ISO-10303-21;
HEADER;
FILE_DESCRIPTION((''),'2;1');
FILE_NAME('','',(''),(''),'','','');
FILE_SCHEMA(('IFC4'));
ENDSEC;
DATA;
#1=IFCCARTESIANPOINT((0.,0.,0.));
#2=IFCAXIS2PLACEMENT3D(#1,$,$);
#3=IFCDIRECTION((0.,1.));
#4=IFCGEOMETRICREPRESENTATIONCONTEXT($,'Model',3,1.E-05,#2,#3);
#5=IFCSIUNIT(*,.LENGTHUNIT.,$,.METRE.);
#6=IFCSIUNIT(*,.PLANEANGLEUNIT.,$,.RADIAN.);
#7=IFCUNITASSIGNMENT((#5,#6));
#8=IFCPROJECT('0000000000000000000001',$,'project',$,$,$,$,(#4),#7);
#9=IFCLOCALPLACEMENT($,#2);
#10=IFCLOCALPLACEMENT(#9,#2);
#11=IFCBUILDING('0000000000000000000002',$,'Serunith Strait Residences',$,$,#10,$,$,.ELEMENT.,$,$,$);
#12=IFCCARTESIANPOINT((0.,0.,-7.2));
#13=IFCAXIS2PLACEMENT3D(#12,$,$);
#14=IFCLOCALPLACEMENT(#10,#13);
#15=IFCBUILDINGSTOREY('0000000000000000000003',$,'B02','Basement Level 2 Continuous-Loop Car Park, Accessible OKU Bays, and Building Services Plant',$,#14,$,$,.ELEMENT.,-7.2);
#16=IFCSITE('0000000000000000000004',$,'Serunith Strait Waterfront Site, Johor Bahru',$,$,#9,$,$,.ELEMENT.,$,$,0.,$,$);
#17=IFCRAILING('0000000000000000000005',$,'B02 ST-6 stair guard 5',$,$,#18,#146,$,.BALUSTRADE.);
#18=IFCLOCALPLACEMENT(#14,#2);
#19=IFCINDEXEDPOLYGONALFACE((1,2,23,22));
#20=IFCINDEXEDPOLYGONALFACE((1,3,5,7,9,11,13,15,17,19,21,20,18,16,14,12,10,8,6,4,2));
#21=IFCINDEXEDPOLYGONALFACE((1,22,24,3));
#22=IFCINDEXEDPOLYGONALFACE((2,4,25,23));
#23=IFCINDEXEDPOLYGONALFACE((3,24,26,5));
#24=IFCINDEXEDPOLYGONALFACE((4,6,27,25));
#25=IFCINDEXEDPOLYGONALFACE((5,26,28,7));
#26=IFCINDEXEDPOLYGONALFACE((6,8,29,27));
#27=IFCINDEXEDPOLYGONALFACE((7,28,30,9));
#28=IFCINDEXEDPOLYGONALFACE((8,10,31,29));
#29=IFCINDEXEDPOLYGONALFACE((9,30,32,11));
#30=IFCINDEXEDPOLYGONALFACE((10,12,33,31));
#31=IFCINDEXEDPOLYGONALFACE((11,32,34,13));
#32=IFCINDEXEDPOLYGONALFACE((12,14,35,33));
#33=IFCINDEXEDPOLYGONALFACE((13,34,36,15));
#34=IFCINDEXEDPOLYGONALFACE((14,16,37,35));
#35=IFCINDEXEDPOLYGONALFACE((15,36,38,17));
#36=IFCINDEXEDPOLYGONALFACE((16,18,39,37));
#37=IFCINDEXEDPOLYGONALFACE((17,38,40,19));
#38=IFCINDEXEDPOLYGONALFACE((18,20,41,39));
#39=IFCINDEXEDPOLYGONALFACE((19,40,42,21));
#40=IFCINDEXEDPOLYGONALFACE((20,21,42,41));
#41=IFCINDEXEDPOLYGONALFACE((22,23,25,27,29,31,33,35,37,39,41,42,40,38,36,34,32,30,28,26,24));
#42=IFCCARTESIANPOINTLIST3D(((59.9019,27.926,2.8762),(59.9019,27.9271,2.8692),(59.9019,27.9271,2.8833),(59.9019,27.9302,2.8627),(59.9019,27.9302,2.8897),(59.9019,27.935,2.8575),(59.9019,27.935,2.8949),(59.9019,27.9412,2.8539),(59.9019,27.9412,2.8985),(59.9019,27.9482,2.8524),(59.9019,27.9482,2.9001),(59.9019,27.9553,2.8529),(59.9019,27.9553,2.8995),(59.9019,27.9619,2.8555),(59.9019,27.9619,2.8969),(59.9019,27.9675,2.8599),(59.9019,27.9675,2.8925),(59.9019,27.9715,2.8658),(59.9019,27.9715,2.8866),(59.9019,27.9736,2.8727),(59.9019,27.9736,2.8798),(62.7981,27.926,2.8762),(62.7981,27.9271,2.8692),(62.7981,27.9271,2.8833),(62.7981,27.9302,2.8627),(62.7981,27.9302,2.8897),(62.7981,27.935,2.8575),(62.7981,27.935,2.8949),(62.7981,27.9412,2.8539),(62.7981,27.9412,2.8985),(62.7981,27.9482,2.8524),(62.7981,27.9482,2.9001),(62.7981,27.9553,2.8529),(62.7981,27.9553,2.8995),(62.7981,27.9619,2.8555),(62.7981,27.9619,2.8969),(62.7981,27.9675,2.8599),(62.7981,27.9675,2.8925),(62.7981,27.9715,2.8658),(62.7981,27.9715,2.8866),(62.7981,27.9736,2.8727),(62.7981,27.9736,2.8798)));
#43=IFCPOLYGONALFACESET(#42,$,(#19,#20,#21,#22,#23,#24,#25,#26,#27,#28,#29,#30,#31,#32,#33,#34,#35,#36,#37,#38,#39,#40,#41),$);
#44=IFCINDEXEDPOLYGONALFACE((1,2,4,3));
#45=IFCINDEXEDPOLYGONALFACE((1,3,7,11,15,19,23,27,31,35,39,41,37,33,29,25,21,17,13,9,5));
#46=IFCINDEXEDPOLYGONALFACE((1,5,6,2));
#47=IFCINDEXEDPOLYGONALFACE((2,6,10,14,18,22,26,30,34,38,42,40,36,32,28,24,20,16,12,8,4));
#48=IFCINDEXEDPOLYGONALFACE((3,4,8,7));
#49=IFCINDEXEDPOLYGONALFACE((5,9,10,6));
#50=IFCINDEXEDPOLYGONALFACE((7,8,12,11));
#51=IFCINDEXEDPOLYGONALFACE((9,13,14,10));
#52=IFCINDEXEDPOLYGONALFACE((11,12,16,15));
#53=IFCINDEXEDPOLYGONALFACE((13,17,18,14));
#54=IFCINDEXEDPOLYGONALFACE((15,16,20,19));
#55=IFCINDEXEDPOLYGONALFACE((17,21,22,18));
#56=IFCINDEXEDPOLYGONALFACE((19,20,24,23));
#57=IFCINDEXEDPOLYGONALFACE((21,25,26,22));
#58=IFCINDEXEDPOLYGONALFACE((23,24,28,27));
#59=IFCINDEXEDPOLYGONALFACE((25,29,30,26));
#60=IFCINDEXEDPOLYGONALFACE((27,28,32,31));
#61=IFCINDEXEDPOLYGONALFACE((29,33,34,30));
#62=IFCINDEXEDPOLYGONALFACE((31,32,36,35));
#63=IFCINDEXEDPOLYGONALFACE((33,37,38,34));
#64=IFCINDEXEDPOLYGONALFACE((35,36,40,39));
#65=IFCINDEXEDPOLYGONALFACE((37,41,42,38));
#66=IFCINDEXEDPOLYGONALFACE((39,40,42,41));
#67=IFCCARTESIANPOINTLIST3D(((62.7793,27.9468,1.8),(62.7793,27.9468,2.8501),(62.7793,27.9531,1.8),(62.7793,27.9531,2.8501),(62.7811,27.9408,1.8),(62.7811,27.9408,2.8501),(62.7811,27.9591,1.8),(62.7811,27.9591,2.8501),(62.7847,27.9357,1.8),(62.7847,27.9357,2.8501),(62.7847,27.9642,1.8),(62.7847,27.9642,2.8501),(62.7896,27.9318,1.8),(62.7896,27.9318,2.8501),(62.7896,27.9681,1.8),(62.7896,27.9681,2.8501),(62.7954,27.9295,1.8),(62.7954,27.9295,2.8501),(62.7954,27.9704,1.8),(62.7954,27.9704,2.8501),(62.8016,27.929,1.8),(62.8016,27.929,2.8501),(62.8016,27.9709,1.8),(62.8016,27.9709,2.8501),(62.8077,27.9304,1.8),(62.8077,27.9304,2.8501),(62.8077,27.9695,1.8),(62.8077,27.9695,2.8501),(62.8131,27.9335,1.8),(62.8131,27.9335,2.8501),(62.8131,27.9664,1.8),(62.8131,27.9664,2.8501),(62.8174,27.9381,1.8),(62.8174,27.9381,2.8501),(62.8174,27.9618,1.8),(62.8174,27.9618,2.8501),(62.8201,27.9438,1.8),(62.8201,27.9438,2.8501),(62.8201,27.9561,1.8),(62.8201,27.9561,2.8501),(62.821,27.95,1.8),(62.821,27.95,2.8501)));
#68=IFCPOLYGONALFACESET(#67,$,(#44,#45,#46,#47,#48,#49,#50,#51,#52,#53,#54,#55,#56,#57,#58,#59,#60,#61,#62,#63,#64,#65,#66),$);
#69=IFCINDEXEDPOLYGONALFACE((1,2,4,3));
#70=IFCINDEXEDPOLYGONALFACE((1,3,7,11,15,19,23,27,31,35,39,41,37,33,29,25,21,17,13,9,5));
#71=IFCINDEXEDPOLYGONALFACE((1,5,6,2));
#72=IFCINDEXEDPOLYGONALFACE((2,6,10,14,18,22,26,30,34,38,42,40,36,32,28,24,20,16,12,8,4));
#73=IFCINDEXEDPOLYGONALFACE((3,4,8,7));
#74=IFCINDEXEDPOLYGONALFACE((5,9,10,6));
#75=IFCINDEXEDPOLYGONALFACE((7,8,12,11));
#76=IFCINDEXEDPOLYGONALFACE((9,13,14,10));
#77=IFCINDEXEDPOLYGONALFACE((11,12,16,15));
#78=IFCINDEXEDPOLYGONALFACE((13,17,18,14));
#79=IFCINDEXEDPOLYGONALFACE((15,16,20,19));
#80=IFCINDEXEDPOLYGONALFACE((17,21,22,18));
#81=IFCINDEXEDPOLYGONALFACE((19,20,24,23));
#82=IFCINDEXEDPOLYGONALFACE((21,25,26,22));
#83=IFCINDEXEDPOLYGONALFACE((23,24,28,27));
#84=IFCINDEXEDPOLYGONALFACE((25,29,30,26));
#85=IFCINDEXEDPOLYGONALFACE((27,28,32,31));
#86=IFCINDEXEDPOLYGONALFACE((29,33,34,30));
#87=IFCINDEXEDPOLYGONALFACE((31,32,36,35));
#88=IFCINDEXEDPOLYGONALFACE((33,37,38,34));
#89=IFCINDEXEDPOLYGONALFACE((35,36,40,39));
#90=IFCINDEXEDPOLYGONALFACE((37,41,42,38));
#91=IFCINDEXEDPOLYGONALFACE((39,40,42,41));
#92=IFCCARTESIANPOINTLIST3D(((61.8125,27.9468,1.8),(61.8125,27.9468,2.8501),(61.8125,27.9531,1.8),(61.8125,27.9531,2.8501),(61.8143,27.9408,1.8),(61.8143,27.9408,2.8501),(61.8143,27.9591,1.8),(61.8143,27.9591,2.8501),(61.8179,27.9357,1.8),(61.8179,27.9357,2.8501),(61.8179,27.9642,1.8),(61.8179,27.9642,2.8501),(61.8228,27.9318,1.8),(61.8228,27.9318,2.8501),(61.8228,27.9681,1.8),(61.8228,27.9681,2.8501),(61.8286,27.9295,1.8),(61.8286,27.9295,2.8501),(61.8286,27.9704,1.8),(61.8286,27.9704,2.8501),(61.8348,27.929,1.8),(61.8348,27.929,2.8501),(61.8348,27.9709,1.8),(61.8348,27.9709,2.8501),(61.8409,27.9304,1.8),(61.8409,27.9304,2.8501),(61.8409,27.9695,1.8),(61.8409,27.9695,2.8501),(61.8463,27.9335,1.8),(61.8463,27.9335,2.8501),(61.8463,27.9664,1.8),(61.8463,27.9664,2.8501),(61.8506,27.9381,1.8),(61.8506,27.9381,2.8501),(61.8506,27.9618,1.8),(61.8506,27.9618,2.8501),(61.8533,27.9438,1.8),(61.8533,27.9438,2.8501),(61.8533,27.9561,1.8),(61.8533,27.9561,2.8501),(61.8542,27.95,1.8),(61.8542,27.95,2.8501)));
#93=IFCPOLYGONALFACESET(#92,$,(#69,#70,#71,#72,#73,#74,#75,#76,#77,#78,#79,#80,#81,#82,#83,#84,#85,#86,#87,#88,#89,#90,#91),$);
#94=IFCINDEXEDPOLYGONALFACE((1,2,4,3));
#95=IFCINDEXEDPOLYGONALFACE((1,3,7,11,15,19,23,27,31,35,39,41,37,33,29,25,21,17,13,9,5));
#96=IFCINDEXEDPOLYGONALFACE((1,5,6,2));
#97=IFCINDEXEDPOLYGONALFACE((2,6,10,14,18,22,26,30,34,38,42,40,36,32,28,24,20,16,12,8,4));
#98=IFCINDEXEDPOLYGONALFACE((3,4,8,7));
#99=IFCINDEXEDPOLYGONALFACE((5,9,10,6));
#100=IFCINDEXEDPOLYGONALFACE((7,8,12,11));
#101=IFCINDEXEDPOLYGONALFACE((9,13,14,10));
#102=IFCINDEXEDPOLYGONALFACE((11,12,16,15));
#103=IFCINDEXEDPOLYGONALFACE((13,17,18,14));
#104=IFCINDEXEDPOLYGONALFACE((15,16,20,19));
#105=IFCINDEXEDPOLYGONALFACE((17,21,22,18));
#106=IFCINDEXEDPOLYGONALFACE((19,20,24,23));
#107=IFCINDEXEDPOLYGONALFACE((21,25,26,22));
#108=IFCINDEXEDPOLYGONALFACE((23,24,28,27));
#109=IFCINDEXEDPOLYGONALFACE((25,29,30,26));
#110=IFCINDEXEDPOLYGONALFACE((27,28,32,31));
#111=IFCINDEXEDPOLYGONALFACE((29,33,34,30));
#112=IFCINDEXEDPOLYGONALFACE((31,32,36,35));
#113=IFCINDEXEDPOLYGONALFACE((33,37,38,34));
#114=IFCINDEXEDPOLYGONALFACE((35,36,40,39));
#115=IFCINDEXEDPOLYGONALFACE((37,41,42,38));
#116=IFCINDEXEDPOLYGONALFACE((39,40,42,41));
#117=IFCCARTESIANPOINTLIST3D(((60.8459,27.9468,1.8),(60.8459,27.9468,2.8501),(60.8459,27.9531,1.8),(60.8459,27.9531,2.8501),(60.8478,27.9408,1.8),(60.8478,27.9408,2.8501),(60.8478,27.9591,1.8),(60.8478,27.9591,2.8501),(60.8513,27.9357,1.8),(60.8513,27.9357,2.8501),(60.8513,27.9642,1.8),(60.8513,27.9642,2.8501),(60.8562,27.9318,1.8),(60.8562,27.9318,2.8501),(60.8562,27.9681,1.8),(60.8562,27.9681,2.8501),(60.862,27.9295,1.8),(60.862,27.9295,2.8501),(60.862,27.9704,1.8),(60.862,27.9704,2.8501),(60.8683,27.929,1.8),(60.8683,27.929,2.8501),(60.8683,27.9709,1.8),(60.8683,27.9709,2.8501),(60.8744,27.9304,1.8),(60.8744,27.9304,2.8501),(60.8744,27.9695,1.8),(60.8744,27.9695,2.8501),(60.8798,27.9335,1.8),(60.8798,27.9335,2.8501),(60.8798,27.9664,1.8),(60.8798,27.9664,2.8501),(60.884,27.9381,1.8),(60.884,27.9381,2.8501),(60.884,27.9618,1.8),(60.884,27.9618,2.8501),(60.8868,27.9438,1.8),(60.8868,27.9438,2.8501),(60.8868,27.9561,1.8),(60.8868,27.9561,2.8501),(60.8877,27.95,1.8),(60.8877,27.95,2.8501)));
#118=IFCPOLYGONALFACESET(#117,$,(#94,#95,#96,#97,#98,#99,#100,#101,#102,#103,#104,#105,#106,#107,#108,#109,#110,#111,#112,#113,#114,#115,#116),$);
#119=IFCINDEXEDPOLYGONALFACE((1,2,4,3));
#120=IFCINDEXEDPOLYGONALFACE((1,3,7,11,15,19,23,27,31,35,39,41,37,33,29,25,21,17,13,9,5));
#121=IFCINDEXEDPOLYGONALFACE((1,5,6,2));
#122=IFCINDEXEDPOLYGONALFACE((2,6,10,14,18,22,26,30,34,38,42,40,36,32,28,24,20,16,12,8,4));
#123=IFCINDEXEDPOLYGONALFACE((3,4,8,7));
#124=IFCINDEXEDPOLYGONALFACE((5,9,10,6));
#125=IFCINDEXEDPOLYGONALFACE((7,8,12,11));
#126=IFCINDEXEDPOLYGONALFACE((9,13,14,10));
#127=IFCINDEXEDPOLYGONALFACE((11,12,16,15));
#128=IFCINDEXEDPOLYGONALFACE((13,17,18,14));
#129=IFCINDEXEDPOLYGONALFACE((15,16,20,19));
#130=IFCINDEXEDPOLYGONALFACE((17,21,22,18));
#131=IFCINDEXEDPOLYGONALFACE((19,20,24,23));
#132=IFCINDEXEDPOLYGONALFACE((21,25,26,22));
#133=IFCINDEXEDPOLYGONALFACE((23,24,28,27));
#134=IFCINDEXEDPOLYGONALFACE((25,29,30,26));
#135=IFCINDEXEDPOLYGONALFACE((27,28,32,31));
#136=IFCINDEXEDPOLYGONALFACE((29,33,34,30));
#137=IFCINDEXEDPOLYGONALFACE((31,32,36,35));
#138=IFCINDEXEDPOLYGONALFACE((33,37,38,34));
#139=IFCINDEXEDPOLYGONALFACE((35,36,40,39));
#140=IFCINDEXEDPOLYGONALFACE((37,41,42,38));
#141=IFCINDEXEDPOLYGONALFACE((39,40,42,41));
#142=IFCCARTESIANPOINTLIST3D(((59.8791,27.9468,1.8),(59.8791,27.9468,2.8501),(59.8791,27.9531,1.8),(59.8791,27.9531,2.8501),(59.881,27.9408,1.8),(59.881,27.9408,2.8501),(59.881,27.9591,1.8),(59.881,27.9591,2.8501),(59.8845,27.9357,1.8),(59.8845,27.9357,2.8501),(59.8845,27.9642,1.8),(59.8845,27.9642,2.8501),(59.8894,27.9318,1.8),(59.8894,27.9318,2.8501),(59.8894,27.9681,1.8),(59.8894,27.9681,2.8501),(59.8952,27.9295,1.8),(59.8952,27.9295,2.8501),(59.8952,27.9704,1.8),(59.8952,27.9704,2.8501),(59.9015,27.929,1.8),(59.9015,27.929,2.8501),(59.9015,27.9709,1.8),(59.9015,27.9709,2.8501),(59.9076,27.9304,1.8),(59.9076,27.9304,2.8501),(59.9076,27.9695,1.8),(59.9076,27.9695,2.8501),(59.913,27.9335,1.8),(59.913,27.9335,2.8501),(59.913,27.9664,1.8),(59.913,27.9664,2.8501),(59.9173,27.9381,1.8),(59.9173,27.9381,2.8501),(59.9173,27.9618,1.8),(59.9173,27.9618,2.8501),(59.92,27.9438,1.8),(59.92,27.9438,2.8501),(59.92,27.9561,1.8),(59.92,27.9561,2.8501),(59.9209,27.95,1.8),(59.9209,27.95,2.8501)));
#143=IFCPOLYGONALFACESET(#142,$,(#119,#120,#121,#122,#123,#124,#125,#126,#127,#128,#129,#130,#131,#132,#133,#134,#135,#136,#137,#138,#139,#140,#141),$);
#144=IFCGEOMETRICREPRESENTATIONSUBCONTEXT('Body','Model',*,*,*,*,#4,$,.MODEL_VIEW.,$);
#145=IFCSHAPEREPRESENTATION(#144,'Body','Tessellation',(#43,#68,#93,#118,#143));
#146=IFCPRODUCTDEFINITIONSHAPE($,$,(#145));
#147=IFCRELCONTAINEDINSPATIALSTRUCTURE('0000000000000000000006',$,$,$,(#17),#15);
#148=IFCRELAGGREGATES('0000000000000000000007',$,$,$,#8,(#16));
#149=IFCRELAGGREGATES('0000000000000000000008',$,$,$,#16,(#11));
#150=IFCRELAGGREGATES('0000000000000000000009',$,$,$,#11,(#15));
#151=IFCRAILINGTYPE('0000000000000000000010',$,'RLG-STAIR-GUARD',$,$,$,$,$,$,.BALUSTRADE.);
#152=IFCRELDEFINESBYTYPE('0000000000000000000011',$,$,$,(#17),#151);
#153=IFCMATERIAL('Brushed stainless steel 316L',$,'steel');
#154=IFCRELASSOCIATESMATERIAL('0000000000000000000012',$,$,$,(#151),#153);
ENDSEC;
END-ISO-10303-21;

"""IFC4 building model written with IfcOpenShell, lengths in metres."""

from ifc_helpers import new_model, si_unit, direction, frame, origin, origin_2d, place, context, subcontext, project, spatial, circle, extrude, material, type_object, element, save


model = new_model("IFC4")

# Units and contexts
model_context = context("Model", 3, precision=1e-05, world=origin(), true_north=direction((0.0, 1.0)))
body_context = subcontext(model_context, "Body", "Model", "MODEL_VIEW")
ifc_project = project(units=[si_unit("LENGTHUNIT", "METRE"), si_unit("PLANEANGLEUNIT", "RADIAN")], contexts=[model_context])

# Site, building, storey
site_placement = place(None, origin())
site = spatial("IfcSite", under=ifc_project, at=site_placement, Name="Serunith Strait Waterfront Site, Johor Bahru", CompositionType="ELEMENT", RefElevation=0.0)
building_placement = place(site_placement, origin())
building = spatial("IfcBuilding", under=site, at=building_placement, Name="Serunith Strait Residences", CompositionType="ELEMENT")
storey_placement = place(building_placement, frame((0.0, 0.0, -7.2)))
storey = spatial("IfcBuildingStorey", under=building, at=storey_placement, Name="B02", Description="Basement Level 2 Continuous-Loop Car Park, Accessible OKU Bays, and Building Services Plant", CompositionType="ELEMENT", Elevation=-7.2)

# Railing
ifc_material_1 = material(Name="Brushed stainless steel 316L", Category="steel")
railing_type_1 = type_object("IfcRailingType", Name="RLG-STAIR-GUARD", PredefinedType="BALUSTRADE", material=ifc_material_1)
railing_1_placement = place(storey_placement, frame((62.8, 27.95, 1.8)))
element("IfcRailing", 1, at=railing_1_placement, inside=storey, type_object=railing_type_1, Name="B02 ST-6 stair guard 5", PredefinedType="BALUSTRADE", context=body_context, shape_type="SweptSolid", body=[
    extrude(circle(Radius=0.0239, at=origin_2d()), frame((-0.002, 0.0, 1.0762), z_axis=(-1.0, 0.0, 0.0), x_axis=(0.0, -1.0, 0.0)), (0.0, 0.0, 1.0), 2.8962),
    extrude(circle(Radius=0.021, at=origin_2d()), origin(), (0.0, 0.0, 1.0), 1.05),
    extrude(circle(Radius=0.021, at=origin_2d()), frame((-0.9668, 0.0, 0.0)), (0.0, 0.0, 1.0), 1.05),
    extrude(circle(Radius=0.021, at=origin_2d()), frame((-1.9333, 0.0, 0.0)), (0.0, 0.0, 1.0), 1.05),
    extrude(circle(Radius=0.021, at=origin_2d()), frame((-2.9001, 0.0, 0.0)), (0.0, 0.0, 1.0), 1.05),
])

save(model, "model.ifc")
